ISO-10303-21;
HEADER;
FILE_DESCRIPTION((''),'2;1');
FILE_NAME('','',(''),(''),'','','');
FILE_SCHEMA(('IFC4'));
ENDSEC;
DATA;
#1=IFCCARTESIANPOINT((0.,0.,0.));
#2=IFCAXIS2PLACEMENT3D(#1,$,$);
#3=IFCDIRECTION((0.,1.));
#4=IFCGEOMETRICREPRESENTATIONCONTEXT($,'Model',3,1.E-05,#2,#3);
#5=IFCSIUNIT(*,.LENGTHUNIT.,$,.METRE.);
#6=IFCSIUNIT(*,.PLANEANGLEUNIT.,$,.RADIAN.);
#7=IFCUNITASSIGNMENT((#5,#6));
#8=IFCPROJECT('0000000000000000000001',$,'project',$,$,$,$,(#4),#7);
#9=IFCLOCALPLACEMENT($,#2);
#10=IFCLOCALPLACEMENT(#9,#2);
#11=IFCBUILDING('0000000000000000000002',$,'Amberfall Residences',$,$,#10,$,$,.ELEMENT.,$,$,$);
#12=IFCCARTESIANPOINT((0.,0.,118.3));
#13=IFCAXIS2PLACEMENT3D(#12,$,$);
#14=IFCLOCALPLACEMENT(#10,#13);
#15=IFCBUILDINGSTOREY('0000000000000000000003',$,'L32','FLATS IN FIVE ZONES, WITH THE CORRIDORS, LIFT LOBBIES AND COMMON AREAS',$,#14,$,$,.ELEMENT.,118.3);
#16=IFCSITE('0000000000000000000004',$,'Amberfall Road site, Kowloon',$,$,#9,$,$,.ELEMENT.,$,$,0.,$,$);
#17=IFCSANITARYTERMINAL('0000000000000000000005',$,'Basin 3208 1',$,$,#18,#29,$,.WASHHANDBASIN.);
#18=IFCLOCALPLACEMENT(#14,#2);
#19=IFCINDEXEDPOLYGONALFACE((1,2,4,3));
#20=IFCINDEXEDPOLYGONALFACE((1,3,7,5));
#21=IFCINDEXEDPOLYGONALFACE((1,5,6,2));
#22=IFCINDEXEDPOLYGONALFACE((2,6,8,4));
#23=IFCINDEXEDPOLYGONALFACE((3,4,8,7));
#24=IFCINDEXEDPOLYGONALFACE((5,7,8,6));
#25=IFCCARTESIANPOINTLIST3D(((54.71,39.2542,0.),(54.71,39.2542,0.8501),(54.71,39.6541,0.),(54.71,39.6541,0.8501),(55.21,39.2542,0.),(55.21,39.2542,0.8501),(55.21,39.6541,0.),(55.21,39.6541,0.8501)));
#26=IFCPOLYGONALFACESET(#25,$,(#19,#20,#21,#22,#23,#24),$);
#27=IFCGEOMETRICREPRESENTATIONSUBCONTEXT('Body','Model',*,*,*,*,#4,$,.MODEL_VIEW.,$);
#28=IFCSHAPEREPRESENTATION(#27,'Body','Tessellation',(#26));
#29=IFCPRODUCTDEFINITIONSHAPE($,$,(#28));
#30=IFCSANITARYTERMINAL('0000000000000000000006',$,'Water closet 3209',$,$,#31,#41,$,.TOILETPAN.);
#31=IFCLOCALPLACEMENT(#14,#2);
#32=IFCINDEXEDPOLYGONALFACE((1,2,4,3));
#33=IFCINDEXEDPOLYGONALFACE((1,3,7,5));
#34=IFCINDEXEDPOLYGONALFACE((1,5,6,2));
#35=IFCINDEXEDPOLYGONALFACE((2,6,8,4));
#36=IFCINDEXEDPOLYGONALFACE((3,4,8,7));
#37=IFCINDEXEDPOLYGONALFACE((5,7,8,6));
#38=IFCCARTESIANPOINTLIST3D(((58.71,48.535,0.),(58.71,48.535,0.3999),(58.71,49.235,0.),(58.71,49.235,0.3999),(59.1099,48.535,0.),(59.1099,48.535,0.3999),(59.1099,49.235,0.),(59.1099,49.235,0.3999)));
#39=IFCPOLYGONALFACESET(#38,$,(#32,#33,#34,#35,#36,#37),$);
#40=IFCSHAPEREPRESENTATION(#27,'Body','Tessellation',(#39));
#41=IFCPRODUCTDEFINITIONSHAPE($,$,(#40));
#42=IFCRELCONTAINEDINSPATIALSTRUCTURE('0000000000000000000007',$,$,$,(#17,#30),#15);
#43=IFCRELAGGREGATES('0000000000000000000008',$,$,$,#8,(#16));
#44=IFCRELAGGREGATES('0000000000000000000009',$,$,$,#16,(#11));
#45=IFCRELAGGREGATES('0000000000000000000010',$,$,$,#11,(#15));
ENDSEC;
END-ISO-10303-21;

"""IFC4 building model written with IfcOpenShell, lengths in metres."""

from ifc_helpers import new_model, si_unit, direction, frame, origin, origin_2d, place, context, subcontext, project, spatial, rectangle, extrude, element, save


model = new_model("IFC4")

# Units and contexts
model_context = context("Model", 3, precision=1e-05, world=origin(), true_north=direction((0.0, 1.0)))
body_context = subcontext(model_context, "Body", "Model", "MODEL_VIEW")
ifc_project = project(units=[si_unit("LENGTHUNIT", "METRE"), si_unit("PLANEANGLEUNIT", "RADIAN")], contexts=[model_context])

# Site, building, storey
site_placement = place(None, origin())
site = spatial("IfcSite", under=ifc_project, at=site_placement, Name="Amberfall Road site, Kowloon", CompositionType="ELEMENT", RefElevation=0.0)
building_placement = place(site_placement, origin())
building = spatial("IfcBuilding", under=site, at=building_placement, Name="Amberfall Residences", CompositionType="ELEMENT")
storey_placement = place(building_placement, frame((0.0, 0.0, 118.3)))
storey = spatial("IfcBuildingStorey", under=building, at=storey_placement, Name="L32", Description="FLATS IN FIVE ZONES, WITH THE CORRIDORS, LIFT LOBBIES AND COMMON AREAS", CompositionType="ELEMENT", Elevation=118.3)

# Sanitary terminals
sanitary_terminal_1_placement = place(storey_placement, frame((54.96, 39.4541, 0.0), z_axis=(0.0, 0.0, 1.0), x_axis=(1.0, 0.0, 0.0)))
element("IfcSanitaryTerminal", 1, at=sanitary_terminal_1_placement, inside=storey, Name="Basin 3208 1", PredefinedType="WASHHANDBASIN", context=body_context, shape_type="SweptSolid", body=[
    extrude(rectangle(XDim=0.5, YDim=0.3999, at=origin_2d()), origin(), (0.0, 0.0, 1.0), 0.8501),
])
sanitary_terminal_2_placement = place(storey_placement, frame((58.9099, 48.885, 0.0), z_axis=(0.0, 0.0, 1.0), x_axis=(1.0, 0.0, 0.0)))
element("IfcSanitaryTerminal", 2, at=sanitary_terminal_2_placement, inside=storey, Name="Water closet 3209", PredefinedType="TOILETPAN", context=body_context, shape_type="SweptSolid", body=[
    extrude(rectangle(XDim=0.3999, YDim=0.7, at=origin_2d()), origin(), (0.0, 0.0, 1.0), 0.3999),
])

save(model, "model.ifc")
